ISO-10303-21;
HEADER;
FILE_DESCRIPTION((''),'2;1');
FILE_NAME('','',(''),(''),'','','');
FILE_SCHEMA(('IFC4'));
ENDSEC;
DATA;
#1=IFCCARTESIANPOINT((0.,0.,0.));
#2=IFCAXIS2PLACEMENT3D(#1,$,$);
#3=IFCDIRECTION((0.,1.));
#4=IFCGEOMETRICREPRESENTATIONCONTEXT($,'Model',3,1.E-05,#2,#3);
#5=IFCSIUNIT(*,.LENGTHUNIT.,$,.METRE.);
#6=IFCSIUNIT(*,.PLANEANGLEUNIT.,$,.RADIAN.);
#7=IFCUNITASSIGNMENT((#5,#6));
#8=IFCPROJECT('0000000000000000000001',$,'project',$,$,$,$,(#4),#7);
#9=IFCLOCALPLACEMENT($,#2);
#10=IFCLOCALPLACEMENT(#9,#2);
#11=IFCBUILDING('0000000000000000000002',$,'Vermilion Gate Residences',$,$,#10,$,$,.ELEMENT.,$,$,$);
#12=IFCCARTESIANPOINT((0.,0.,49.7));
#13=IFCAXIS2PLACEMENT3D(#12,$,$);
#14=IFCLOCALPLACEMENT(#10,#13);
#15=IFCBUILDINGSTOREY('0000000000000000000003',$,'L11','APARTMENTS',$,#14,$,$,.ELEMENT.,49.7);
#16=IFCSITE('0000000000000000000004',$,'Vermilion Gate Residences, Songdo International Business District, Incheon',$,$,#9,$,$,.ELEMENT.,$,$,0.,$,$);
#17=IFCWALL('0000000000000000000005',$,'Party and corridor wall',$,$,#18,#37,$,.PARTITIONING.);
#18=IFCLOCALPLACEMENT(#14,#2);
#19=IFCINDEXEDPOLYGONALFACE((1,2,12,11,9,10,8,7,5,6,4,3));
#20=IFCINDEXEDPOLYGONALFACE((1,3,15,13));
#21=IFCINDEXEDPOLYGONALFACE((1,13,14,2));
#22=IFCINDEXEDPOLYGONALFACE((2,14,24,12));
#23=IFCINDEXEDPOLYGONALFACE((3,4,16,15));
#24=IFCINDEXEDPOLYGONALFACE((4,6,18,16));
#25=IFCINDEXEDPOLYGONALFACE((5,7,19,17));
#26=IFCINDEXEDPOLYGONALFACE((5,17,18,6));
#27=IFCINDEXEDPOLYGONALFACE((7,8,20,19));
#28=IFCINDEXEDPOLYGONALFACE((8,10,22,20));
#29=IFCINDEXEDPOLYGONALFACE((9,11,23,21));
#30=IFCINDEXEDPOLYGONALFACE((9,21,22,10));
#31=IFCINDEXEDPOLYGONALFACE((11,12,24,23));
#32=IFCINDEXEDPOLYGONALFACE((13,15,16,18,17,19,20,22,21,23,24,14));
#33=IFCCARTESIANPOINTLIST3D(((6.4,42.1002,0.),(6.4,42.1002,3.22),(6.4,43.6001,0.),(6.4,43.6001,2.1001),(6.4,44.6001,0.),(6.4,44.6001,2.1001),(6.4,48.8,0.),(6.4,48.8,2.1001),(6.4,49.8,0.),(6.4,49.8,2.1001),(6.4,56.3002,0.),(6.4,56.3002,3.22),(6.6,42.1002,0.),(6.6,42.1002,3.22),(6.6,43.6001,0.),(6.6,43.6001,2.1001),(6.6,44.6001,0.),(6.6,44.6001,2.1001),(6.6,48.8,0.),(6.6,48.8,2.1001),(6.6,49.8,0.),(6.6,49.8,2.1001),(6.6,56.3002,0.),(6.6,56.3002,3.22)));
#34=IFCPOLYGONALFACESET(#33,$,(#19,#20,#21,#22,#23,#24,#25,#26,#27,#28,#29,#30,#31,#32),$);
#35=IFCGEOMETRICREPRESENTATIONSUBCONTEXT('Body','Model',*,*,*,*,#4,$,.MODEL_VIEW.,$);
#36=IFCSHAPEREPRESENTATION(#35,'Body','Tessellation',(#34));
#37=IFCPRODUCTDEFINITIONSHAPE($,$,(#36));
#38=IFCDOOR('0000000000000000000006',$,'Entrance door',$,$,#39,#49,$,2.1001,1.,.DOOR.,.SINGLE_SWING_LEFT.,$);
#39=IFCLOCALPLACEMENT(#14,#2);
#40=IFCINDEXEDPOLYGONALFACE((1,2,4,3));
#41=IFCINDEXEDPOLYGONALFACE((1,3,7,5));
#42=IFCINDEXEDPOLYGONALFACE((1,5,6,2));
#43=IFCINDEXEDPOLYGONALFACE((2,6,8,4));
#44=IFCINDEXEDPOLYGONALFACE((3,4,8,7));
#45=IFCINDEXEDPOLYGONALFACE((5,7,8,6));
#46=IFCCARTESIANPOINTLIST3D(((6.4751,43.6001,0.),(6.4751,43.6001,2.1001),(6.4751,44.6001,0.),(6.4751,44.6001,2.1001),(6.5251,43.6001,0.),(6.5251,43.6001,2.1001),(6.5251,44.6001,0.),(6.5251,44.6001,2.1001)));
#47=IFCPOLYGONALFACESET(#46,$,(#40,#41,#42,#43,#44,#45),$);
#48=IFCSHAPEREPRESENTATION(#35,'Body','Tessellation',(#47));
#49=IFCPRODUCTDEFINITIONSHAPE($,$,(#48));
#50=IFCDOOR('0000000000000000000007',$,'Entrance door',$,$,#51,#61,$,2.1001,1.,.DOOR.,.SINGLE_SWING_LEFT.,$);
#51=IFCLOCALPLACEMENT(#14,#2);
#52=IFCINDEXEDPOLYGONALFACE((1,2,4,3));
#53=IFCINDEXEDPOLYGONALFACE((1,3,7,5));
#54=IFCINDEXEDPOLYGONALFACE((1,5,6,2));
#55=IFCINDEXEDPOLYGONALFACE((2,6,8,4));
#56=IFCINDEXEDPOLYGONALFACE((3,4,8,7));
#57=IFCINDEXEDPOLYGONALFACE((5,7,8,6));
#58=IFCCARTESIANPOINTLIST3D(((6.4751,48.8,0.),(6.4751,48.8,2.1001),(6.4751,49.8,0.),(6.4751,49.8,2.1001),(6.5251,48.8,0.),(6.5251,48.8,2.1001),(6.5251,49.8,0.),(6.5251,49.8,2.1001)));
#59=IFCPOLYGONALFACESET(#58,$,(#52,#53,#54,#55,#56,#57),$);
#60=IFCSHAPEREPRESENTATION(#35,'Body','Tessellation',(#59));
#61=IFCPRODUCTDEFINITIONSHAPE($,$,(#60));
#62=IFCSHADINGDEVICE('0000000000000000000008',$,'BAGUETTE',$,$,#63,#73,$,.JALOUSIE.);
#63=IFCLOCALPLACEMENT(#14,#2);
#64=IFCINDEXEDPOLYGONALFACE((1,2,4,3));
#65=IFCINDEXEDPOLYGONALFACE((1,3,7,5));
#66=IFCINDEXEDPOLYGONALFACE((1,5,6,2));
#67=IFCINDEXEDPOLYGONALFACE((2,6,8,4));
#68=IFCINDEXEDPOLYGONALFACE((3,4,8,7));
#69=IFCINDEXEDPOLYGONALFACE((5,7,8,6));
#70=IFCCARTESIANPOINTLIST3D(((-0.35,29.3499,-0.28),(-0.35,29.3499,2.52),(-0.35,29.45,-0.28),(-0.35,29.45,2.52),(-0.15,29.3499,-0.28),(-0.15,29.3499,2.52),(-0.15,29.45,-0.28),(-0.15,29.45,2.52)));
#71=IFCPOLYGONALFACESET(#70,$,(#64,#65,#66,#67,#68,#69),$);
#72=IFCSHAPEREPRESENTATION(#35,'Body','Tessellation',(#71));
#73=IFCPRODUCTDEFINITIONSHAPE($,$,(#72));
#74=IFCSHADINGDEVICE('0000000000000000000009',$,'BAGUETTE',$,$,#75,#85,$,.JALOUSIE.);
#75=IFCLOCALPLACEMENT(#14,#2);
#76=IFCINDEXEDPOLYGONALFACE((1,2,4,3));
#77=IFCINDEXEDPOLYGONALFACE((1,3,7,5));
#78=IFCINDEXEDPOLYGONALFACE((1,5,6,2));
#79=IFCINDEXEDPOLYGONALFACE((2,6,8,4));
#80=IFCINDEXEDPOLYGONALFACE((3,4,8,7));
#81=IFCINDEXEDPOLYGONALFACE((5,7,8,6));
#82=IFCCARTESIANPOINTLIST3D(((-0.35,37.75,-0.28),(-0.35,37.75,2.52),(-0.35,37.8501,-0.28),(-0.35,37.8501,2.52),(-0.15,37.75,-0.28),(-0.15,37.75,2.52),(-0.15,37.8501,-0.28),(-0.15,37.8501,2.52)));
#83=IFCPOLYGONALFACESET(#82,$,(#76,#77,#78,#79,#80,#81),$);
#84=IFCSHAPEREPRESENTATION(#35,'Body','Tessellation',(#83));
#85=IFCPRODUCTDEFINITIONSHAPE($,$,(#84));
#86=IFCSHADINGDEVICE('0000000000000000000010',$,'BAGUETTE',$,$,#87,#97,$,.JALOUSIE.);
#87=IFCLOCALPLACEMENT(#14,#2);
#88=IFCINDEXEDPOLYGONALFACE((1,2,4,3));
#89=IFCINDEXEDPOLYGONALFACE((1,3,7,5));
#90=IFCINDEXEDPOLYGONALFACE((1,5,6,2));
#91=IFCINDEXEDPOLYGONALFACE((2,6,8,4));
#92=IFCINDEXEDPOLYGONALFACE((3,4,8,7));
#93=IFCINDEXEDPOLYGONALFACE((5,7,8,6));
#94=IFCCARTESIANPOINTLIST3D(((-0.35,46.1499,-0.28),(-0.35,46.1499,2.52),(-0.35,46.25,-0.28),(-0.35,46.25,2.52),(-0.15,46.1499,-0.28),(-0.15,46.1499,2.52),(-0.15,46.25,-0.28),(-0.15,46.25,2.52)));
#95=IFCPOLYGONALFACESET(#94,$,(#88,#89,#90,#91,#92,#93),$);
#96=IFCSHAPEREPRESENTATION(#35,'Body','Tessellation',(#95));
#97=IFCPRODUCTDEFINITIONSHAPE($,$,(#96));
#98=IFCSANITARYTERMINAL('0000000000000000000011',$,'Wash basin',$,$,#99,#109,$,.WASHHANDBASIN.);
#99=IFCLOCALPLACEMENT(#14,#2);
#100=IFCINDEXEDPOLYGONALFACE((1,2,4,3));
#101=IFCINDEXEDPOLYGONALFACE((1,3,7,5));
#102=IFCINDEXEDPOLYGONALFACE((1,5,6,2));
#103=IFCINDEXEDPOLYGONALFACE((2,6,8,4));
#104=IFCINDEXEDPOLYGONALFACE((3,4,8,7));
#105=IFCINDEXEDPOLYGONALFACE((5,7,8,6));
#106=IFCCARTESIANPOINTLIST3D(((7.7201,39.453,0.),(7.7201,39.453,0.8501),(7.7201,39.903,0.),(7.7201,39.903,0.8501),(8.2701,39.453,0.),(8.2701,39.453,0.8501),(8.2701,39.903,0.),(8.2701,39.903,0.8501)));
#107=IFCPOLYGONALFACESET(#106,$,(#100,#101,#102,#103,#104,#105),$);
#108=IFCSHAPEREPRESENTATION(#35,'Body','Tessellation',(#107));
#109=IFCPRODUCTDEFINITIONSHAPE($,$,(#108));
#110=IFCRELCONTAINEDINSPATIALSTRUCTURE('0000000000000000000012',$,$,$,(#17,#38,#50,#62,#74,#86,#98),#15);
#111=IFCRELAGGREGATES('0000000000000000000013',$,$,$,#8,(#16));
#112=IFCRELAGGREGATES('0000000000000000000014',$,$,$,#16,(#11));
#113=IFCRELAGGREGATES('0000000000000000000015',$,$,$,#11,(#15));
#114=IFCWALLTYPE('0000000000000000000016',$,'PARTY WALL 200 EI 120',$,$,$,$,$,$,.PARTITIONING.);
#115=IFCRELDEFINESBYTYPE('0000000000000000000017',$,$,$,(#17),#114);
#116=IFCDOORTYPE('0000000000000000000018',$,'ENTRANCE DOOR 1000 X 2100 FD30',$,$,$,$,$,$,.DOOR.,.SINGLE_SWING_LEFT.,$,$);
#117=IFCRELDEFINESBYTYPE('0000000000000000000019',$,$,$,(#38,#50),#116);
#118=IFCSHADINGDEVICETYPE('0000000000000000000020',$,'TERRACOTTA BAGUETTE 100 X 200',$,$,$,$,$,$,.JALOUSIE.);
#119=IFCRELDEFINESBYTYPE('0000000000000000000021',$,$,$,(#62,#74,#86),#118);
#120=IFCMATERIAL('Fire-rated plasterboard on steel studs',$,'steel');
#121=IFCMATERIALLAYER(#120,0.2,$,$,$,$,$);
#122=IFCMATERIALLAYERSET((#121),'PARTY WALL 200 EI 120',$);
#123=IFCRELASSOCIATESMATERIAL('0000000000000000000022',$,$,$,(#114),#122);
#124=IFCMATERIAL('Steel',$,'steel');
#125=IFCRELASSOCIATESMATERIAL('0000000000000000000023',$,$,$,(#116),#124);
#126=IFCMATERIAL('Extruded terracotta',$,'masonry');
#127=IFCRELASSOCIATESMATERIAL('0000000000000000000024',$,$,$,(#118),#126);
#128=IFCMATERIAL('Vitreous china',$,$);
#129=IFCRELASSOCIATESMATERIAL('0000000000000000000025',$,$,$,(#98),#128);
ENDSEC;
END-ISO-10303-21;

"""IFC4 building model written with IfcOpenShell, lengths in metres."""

from ifc_helpers import new_model, si_unit, direction, frame, frame_2d, origin, origin_2d, place, context, subcontext, project, spatial, rectangle, extrude, material, layer, layer_set, material_profile, profile_set, type_object, element, fill, save


model = new_model("IFC4")

# Units and contexts
model_context = context("Model", 3, precision=1e-05, world=origin(), true_north=direction((0.0, 1.0)))
body_context = subcontext(model_context, "Body", "Model", "MODEL_VIEW")
ifc_project = project(units=[si_unit("LENGTHUNIT", "METRE"), si_unit("PLANEANGLEUNIT", "RADIAN")], contexts=[model_context])

# Site, building, storey
site_placement = place(None, origin())
site = spatial("IfcSite", under=ifc_project, at=site_placement, Name="Vermilion Gate Residences, Songdo International Business District, Incheon", CompositionType="ELEMENT", RefElevation=0.0)
building_placement = place(site_placement, origin())
building = spatial("IfcBuilding", under=site, at=building_placement, Name="Vermilion Gate Residences", CompositionType="ELEMENT")
storey_placement = place(building_placement, frame((0.0, 0.0, 49.7)))
storey = spatial("IfcBuildingStorey", under=building, at=storey_placement, Name="L11", Description="APARTMENTS", CompositionType="ELEMENT", Elevation=49.7)

# Shared definitions
ifc_material_1 = material(Name="Fire-rated plasterboard on steel studs", Category="steel")
ifc_layer_1 = layer(ifc_material_1, 0.2)
ifc_layer_set_1 = layer_set([ifc_layer_1], Name="PARTY WALL 200 EI 120")
wall_type_1 = type_object("IfcWallType", Name="PARTY WALL 200 EI 120", PredefinedType="PARTITIONING", material=ifc_layer_set_1)

# Wall, openings, doors
wall_1_placement = place(storey_placement, frame((6.5, 42.1001, 0.0), z_axis=(0.0, 0.0, 1.0), x_axis=(0.0, 1.0, 0.0)))
wall_1 = element("IfcWall", 1, at=wall_1_placement, inside=storey, type_object=wall_type_1, Name="Party and corridor wall", PredefinedType="PARTITIONING", context=body_context, shape_type="SweptSolid", body=[
    extrude(rectangle(XDim=14.2, YDim=0.2, at=frame_2d((7.1001, 0.0))), origin(), (0.0, 0.0, 1.0), 3.22),
])
opening_1_placement = place(wall_1_placement, frame((1.5, 0.0, 0.0)))
opening_1 = element("IfcOpeningElement", 2, at=opening_1_placement, cuts=wall_1, PredefinedType="OPENING", context=body_context, shape_type="SweptSolid", body=[
    extrude(rectangle(XDim=1.0, YDim=2.1001, at=frame_2d((0.5, 1.05))), frame((0.0, 0.1099, 0.0), z_axis=(0.0, -1.0, 0.0), x_axis=(1.0, 0.0, 0.0)), (0.0, 0.0, 1.0), 0.22),
])
opening_2_placement = place(wall_1_placement, frame((6.7, 0.0, 0.0)))
opening_2 = element("IfcOpeningElement", 3, at=opening_2_placement, cuts=wall_1, PredefinedType="OPENING", context=body_context, shape_type="SweptSolid", body=[
    extrude(rectangle(XDim=1.0, YDim=2.1001, at=frame_2d((0.5, 1.05))), frame((0.0, 0.1099, 0.0), z_axis=(0.0, -1.0, 0.0), x_axis=(1.0, 0.0, 0.0)), (0.0, 0.0, 1.0), 0.22),
])
ifc_material_2 = material(Name="Steel", Category="steel")
door_type_1 = type_object("IfcDoorType", Name="ENTRANCE DOOR 1000 X 2100 FD30", OperationType="SINGLE_SWING_LEFT", PredefinedType="DOOR", material=ifc_material_2)
door_1_placement = place(opening_1_placement, origin())
door_1 = element("IfcDoor", 4, at=door_1_placement, inside=storey, type_object=door_type_1, Name="Entrance door", OperationType="SINGLE_SWING_LEFT", OverallHeight=2.1001, OverallWidth=1.0, PredefinedType="DOOR", context=body_context, shape_type="SweptSolid", body=[
    extrude(rectangle(XDim=1.0, YDim=2.1001, at=frame_2d((0.5, 1.05))), frame((0.0, 0.0249, 0.0), z_axis=(0.0, -1.0, 0.0), x_axis=(1.0, 0.0, 0.0)), (0.0, 0.0, 1.0), 0.05),
])
fill(opening_1, door_1)
door_2_placement = place(opening_2_placement, origin())
door_2 = element("IfcDoor", 5, at=door_2_placement, inside=storey, type_object=door_type_1, Name="Entrance door", OperationType="SINGLE_SWING_LEFT", OverallHeight=2.1001, OverallWidth=1.0, PredefinedType="DOOR", context=body_context, shape_type="SweptSolid", body=[
    extrude(rectangle(XDim=1.0, YDim=2.1001, at=frame_2d((0.5, 1.05))), frame((0.0, 0.0249, 0.0), z_axis=(0.0, -1.0, 0.0), x_axis=(1.0, 0.0, 0.0)), (0.0, 0.0, 1.0), 0.05),
])
fill(opening_2, door_2)

# Shading devices
ifc_material_3 = material(Name="Extruded terracotta", Category="masonry")
ifc_material_profile_1 = material_profile(ifc_material_3, rectangle(XDim=0.2, YDim=0.1001, at=origin_2d()), Name="BAGUETTE 100 X 200")
ifc_profile_set_1 = profile_set([ifc_material_profile_1], Name="Extruded terracotta")
shading_device_type = type_object("IfcShadingDeviceType", Name="TERRACOTTA BAGUETTE 100 X 200", PredefinedType="JALOUSIE", material=ifc_profile_set_1)
for number, where, z_axis, x_axis, name in (
    (6, (-0.25, 29.3999, -0.28), (0.0, 0.0, 1.0), (1.0, 0.0, 0.0), "BAGUETTE"),
    (7, (-0.25, 37.8, -0.28), (0.0, 0.0, 1.0), (1.0, 0.0, 0.0), "BAGUETTE"),
    (8, (-0.25, 46.2, -0.28), (0.0, 0.0, 1.0), (1.0, 0.0, 0.0), "BAGUETTE"),
):
    element("IfcShadingDevice", number, at=place(storey_placement, frame(where, z_axis=z_axis, x_axis=x_axis)), inside=storey, type_object=shading_device_type, Name=name, PredefinedType="JALOUSIE", context=body_context, shape_type="SweptSolid", body=[
        extrude(rectangle(XDim=0.2, YDim=0.1001, at=origin_2d()), origin(), (0.0, 0.0, 1.0), 2.8),
    ])

# Sanitary terminal
ifc_material_4 = material(Name="Vitreous china")
sanitary_terminal_placement = place(storey_placement, frame((7.9951, 39.678, 0.0), z_axis=(0.0, 0.0, 1.0), x_axis=(1.0, 0.0, 0.0)))
element("IfcSanitaryTerminal", 9, at=sanitary_terminal_placement, inside=storey, material=ifc_material_4, Name="Wash basin", PredefinedType="WASHHANDBASIN", context=body_context, shape_type="SweptSolid", body=[
    extrude(rectangle(XDim=0.55, YDim=0.45, at=origin_2d()), origin(), (0.0, 0.0, 1.0), 0.8501),
])

save(model, "model.ifc")
